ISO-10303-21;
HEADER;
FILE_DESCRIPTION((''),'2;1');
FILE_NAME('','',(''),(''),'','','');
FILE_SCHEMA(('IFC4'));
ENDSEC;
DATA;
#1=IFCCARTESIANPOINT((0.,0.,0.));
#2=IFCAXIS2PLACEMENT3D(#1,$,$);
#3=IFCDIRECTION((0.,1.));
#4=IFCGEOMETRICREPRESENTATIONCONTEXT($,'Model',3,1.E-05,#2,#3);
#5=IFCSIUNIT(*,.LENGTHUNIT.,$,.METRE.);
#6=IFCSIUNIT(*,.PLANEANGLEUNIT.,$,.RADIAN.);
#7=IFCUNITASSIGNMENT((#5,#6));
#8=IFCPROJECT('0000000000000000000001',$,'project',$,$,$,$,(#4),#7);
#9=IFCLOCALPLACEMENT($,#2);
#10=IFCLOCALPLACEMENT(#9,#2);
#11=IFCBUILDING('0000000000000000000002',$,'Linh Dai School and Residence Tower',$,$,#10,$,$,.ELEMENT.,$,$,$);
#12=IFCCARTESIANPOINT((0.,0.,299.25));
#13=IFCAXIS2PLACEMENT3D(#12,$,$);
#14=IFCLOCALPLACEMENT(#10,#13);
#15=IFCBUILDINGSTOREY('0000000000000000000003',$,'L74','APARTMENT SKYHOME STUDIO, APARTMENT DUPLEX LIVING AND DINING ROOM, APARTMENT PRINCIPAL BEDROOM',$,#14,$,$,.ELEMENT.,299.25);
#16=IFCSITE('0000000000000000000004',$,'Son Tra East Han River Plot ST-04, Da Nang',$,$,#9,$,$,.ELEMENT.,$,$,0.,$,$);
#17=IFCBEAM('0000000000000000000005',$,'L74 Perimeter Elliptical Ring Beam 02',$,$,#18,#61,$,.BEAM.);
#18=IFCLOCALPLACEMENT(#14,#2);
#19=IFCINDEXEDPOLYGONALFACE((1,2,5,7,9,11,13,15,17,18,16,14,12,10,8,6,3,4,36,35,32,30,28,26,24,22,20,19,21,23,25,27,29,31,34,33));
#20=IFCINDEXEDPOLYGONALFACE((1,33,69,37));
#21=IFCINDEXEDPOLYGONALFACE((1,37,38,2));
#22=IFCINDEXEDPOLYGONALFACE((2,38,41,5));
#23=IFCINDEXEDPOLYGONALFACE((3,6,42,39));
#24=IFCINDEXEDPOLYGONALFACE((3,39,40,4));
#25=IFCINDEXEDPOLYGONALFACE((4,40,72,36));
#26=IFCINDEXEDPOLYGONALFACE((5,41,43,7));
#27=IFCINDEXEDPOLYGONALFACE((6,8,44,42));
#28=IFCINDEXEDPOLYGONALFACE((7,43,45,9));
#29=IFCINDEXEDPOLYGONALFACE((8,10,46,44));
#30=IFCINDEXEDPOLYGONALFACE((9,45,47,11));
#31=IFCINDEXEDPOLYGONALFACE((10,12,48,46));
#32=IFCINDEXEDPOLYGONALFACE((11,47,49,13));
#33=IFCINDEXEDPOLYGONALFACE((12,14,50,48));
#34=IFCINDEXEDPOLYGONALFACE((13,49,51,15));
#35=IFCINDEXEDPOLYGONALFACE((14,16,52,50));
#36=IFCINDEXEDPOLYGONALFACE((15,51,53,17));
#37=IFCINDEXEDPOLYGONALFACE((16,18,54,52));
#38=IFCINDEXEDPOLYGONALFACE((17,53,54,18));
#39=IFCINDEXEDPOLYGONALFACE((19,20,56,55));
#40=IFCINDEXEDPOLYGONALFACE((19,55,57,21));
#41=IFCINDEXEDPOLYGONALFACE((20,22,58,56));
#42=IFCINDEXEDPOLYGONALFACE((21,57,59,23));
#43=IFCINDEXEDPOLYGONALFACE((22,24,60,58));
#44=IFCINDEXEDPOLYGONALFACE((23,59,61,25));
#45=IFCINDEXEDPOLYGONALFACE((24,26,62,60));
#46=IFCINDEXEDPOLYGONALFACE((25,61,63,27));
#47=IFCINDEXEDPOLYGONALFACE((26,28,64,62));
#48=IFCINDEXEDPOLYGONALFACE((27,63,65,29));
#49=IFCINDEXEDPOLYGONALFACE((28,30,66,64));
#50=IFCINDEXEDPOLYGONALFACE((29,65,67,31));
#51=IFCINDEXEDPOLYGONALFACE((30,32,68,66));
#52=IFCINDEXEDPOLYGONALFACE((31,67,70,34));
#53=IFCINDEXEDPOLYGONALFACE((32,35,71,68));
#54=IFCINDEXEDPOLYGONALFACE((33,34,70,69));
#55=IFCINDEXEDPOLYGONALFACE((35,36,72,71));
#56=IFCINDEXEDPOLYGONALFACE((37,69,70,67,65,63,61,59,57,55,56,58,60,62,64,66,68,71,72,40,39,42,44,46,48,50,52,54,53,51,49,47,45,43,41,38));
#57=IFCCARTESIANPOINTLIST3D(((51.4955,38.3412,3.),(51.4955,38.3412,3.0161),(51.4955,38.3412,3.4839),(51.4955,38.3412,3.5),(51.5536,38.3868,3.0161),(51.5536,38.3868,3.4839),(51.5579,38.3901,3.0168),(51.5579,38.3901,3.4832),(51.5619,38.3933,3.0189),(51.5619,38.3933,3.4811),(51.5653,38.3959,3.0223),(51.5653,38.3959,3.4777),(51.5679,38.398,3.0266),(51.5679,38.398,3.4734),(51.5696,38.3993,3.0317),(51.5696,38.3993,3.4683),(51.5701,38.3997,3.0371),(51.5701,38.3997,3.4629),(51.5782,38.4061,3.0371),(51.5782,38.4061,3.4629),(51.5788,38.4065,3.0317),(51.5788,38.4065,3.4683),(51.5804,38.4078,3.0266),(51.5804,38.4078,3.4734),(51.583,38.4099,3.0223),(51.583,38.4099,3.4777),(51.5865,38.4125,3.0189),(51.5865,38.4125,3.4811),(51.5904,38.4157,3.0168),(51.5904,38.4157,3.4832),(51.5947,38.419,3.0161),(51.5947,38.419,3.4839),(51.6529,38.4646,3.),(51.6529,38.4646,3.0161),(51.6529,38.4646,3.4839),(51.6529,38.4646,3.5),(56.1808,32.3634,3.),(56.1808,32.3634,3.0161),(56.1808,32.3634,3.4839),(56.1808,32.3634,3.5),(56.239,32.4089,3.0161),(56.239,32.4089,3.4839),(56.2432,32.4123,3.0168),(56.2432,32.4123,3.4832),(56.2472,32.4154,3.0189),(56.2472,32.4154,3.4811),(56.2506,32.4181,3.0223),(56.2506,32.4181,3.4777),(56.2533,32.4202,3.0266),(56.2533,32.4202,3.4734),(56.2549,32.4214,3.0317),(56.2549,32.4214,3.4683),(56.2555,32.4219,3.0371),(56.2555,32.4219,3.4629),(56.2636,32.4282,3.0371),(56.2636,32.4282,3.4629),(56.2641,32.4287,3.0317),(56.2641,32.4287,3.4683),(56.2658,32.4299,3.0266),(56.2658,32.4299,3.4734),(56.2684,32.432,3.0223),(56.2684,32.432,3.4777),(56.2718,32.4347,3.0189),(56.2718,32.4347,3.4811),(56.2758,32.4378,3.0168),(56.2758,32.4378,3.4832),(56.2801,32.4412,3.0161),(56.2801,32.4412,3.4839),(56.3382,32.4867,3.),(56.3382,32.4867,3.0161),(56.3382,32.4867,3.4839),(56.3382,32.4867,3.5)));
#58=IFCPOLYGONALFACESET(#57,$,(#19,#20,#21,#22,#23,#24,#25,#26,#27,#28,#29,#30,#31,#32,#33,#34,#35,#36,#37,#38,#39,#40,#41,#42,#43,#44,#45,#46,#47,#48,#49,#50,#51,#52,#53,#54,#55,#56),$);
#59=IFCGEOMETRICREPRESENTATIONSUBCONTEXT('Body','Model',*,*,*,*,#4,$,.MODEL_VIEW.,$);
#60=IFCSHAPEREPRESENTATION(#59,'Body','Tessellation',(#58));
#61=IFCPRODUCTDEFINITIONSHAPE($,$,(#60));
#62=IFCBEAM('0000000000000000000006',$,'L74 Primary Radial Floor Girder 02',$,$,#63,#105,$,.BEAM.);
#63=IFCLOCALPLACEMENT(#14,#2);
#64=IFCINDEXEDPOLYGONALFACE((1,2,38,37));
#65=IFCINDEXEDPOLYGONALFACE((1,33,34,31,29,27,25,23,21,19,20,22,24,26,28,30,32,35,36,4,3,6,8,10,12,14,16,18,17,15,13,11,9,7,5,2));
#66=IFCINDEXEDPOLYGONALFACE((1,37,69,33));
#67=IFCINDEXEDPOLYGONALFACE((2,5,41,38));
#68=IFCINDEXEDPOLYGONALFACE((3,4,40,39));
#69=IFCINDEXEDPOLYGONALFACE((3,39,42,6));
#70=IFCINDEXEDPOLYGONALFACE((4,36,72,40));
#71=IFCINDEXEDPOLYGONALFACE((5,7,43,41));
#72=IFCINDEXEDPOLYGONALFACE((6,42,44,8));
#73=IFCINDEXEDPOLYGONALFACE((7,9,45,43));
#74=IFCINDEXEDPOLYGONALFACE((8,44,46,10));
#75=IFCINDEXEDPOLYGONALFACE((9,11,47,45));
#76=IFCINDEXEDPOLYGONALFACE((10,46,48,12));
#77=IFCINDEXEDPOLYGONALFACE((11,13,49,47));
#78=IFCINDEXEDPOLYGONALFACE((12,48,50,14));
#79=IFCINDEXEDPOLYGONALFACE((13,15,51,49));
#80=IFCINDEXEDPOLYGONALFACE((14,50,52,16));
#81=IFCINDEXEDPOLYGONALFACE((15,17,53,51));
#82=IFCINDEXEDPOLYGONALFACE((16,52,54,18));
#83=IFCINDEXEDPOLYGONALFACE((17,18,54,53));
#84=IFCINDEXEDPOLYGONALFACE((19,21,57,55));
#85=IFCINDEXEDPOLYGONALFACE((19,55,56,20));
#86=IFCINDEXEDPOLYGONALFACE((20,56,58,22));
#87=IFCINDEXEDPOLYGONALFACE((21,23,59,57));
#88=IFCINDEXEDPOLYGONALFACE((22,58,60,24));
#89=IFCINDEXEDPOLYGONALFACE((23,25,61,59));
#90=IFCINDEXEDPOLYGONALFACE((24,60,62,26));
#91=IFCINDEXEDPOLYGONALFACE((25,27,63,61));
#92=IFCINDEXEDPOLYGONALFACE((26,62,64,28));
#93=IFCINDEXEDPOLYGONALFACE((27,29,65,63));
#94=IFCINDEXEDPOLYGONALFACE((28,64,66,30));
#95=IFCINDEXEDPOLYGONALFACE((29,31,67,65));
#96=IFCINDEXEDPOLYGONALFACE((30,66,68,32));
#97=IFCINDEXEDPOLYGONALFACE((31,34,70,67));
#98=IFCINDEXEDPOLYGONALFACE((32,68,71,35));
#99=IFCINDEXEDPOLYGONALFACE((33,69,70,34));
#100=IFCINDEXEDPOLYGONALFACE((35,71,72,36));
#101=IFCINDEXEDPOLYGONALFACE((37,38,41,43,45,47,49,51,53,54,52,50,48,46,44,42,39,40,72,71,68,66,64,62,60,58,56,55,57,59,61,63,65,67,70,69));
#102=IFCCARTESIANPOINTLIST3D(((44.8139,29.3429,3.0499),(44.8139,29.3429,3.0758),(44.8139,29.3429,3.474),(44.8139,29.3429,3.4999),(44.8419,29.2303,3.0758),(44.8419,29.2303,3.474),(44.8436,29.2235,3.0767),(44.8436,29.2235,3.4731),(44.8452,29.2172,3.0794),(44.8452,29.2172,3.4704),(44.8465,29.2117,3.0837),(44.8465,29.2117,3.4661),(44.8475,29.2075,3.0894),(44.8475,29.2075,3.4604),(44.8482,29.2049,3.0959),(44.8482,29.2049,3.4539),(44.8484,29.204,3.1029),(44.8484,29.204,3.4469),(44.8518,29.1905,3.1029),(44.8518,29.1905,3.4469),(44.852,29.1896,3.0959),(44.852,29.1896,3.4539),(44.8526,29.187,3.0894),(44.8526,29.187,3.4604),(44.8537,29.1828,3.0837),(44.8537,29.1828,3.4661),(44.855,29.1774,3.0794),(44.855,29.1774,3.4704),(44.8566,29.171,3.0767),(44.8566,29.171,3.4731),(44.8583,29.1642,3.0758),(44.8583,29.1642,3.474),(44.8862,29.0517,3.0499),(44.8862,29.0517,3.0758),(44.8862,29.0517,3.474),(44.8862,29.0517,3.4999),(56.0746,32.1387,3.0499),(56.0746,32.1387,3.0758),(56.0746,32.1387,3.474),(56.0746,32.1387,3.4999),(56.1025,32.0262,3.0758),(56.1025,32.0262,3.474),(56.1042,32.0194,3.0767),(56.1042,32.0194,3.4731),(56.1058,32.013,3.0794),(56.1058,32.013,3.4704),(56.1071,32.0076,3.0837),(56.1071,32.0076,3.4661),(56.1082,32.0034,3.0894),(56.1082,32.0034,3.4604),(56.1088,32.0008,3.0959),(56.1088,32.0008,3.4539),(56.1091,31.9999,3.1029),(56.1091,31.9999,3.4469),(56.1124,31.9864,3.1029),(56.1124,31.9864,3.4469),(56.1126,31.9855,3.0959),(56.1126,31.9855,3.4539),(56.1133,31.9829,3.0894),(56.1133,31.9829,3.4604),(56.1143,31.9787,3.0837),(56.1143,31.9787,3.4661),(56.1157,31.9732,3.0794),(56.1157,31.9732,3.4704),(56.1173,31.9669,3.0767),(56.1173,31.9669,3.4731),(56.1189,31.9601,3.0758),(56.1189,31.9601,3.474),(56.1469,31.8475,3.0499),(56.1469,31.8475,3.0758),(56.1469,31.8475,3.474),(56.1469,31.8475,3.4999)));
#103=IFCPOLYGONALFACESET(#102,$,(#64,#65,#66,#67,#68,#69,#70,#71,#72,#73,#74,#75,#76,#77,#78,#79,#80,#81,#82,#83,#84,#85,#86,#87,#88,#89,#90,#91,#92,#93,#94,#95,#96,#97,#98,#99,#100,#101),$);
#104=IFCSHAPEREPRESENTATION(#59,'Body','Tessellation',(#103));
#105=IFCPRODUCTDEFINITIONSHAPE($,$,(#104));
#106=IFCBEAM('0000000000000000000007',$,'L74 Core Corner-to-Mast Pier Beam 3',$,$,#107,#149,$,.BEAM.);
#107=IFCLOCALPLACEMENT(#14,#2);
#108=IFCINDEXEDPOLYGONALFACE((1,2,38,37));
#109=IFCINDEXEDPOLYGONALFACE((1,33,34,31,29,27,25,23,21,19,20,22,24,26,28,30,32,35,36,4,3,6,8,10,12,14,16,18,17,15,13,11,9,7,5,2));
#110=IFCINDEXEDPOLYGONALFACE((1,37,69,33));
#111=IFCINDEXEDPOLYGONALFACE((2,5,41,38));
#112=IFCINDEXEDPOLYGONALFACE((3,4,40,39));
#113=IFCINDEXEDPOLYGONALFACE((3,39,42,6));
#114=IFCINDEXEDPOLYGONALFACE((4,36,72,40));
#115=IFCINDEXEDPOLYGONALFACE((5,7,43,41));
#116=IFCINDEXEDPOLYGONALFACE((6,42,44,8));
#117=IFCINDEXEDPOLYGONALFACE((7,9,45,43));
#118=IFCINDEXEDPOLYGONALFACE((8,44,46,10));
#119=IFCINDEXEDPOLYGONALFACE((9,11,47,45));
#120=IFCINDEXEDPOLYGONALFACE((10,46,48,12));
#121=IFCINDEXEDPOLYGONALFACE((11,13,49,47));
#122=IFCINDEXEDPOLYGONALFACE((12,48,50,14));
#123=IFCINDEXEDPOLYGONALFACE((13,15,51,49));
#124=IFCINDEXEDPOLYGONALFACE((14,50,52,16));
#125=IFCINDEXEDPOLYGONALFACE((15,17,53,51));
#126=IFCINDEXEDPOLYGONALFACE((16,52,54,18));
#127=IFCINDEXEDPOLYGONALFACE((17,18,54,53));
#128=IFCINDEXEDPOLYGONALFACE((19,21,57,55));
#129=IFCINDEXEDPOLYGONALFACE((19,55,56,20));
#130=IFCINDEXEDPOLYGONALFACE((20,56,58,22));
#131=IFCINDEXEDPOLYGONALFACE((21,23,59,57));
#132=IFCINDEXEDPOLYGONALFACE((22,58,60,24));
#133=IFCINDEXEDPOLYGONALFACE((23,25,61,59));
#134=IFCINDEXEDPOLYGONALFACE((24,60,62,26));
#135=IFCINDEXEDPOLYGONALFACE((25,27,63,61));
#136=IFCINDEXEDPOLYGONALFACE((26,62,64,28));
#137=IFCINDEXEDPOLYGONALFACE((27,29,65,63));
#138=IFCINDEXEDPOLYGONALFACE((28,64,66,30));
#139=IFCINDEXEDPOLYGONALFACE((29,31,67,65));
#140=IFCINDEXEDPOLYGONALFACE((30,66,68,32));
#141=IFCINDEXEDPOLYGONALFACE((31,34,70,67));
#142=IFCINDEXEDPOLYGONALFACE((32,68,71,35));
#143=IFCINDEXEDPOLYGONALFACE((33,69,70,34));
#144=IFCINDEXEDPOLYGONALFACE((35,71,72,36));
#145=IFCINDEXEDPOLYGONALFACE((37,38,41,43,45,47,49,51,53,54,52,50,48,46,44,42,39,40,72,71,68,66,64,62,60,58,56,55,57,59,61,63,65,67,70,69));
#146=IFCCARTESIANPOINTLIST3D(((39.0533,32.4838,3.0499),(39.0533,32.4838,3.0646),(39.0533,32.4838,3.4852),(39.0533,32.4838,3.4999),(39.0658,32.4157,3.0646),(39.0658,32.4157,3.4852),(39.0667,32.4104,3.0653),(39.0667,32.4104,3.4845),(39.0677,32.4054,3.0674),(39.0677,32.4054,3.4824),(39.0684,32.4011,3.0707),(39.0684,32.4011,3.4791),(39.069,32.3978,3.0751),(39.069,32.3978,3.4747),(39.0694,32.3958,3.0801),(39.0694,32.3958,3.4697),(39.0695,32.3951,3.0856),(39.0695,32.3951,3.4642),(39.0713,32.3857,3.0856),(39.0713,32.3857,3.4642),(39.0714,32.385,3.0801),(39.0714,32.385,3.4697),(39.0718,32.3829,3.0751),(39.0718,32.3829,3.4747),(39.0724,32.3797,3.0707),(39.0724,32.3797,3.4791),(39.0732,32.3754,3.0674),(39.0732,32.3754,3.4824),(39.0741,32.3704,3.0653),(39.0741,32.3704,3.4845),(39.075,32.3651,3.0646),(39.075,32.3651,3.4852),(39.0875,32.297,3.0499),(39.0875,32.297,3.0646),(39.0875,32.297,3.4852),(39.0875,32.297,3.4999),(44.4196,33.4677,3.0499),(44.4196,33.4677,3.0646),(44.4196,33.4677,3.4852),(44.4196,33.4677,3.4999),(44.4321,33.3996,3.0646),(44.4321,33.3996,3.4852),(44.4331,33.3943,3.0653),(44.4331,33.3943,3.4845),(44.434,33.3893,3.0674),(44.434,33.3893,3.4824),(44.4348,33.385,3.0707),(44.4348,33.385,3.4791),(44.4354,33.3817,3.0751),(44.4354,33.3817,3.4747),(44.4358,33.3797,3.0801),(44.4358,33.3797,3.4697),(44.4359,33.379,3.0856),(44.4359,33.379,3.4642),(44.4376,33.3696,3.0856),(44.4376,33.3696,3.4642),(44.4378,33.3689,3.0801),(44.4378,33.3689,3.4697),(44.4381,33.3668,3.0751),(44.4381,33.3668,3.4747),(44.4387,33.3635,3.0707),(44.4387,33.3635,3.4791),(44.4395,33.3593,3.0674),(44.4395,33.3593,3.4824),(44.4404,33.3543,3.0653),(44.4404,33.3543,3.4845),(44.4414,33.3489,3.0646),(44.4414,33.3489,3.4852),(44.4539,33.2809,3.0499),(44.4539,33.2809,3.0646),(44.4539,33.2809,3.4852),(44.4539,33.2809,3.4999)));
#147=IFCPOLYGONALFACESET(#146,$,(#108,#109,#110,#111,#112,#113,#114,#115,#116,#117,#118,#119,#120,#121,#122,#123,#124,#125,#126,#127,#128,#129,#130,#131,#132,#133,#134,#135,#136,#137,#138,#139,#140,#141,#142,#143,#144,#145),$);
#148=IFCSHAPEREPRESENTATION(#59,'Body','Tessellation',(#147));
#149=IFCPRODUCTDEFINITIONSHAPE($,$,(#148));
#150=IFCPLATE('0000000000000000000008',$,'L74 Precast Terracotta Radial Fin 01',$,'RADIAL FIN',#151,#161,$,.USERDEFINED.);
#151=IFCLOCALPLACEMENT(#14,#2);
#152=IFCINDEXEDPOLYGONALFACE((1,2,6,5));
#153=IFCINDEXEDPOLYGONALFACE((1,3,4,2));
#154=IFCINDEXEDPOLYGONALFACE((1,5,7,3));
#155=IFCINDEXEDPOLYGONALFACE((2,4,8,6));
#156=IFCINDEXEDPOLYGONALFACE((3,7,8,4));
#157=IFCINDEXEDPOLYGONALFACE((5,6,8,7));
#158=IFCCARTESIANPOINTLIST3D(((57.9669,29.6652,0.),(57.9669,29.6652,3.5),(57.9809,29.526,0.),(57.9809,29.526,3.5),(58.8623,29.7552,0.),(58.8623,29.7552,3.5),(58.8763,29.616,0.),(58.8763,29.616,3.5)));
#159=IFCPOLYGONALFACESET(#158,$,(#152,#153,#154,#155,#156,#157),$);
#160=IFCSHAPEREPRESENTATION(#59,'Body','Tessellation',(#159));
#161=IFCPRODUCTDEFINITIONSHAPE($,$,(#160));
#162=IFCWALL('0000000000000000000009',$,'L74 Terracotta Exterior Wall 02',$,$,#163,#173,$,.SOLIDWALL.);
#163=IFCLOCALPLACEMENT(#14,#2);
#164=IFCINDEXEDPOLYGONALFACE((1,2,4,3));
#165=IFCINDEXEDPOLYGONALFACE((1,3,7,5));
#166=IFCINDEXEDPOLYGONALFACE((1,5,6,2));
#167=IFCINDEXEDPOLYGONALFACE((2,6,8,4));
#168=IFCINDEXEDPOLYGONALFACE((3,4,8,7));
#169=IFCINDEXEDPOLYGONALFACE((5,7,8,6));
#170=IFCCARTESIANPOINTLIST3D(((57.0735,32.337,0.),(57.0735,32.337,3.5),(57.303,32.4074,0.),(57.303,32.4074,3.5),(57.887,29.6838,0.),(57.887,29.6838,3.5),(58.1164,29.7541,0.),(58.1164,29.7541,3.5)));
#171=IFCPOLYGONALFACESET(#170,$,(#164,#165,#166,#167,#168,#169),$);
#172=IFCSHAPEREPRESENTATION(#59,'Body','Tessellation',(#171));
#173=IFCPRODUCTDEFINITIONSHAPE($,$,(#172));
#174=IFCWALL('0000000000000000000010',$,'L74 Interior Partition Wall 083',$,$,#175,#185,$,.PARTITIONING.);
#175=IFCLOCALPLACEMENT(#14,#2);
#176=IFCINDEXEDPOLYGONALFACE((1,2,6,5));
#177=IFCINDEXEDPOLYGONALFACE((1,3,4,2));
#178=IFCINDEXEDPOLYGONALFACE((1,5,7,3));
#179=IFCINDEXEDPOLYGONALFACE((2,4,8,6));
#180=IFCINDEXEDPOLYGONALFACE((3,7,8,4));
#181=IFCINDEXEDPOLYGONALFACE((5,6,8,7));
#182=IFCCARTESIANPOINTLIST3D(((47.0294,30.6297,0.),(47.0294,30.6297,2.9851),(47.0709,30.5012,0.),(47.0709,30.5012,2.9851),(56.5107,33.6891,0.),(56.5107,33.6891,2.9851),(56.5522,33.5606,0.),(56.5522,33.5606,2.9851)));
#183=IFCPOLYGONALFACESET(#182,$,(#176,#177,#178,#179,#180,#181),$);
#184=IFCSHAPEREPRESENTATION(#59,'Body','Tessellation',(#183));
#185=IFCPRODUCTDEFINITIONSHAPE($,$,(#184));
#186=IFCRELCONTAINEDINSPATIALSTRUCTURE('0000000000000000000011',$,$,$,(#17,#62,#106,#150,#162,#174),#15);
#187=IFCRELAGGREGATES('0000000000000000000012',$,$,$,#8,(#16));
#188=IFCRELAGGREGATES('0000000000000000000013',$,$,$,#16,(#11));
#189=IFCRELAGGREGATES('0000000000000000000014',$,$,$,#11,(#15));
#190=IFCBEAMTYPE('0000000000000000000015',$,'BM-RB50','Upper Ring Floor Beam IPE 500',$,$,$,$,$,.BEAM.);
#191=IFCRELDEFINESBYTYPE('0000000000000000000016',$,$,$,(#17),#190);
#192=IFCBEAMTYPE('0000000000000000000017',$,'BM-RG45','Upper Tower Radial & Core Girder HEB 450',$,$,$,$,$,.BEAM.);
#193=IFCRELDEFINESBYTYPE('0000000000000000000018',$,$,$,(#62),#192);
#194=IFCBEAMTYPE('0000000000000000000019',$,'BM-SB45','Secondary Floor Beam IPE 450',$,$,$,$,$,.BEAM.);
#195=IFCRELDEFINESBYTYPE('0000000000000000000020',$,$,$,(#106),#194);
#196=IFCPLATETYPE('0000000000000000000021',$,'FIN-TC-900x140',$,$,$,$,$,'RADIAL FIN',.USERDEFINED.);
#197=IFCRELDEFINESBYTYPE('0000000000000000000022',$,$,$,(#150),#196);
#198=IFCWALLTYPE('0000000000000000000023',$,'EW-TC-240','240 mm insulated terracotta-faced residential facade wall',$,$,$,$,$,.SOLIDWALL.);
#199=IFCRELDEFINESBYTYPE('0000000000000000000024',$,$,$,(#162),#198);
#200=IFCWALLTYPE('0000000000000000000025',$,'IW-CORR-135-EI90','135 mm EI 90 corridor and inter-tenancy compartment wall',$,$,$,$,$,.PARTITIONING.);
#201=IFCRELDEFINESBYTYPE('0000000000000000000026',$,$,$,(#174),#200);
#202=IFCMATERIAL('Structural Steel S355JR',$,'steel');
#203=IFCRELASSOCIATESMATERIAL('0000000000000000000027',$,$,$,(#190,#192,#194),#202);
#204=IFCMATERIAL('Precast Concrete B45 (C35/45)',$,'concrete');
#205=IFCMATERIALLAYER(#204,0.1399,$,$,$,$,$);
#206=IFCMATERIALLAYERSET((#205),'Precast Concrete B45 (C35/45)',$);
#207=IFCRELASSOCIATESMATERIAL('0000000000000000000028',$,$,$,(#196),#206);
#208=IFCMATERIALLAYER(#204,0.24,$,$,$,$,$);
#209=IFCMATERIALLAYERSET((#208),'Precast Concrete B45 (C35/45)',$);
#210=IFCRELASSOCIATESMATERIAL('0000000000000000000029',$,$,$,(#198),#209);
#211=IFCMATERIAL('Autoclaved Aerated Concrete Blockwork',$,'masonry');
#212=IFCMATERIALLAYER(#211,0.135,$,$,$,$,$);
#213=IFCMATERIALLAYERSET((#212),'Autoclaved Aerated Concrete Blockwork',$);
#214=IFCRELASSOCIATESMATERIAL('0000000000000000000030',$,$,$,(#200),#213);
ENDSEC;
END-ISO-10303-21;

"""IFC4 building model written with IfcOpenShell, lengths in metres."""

from ifc_helpers import new_model, si_unit, direction, frame, frame_2d, origin, origin_2d, place, context, subcontext, project, spatial, rectangle, i_section, extrude, source, transform, mapped, material, layer, layer_set, material_profile, profile_set, type_object, element, save


model = new_model("IFC4")

# Units and contexts
model_context = context("Model", 3, precision=1e-05, world=origin(), true_north=direction((0.0, 1.0)))
body_context = subcontext(model_context, "Body", "Model", "MODEL_VIEW")
ifc_project = project(units=[si_unit("LENGTHUNIT", "METRE"), si_unit("PLANEANGLEUNIT", "RADIAN")], contexts=[model_context])

# Site, building, storey
site_placement = place(None, origin())
site = spatial("IfcSite", under=ifc_project, at=site_placement, Name="Son Tra East Han River Plot ST-04, Da Nang", CompositionType="ELEMENT", RefElevation=0.0)
building_placement = place(site_placement, origin())
building = spatial("IfcBuilding", under=site, at=building_placement, Name="Linh Dai School and Residence Tower", CompositionType="ELEMENT")
storey_placement = place(building_placement, frame((0.0, 0.0, 299.25)))
storey = spatial("IfcBuildingStorey", under=building, at=storey_placement, Name="L74", Description="APARTMENT SKYHOME STUDIO, APARTMENT DUPLEX LIVING AND DINING ROOM, APARTMENT PRINCIPAL BEDROOM", CompositionType="ELEMENT", Elevation=299.25)

# Shared definitions
ifc_material_1 = material(Name="Structural Steel S355JR", Category="steel")

# Beams
ifc_material_profile_1 = material_profile(ifc_material_1, i_section(OverallWidth=0.2, OverallDepth=0.5, WebThickness=0.0103, FlangeThickness=0.0161, FilletRadius=0.021, at=origin_2d()), Name="IPE 500")
ifc_profile_set_1 = profile_set([ifc_material_profile_1], Name="Structural Steel S355JR")
beam_type_1 = type_object("IfcBeamType", Name="BM-RB50", Description="Upper Ring Floor Beam IPE 500", PredefinedType="BEAM", material=ifc_profile_set_1)
beam_1_placement = place(storey_placement, frame((56.2595, 32.425, 3.25), z_axis=(-0.616883, 0.787055, 0.0), x_axis=(-0.787055, -0.616883, 0.0)))
element("IfcBeam", 1, at=beam_1_placement, inside=storey, type_object=beam_type_1, Name="L74 Perimeter Elliptical Ring Beam 02", PredefinedType="BEAM", context=body_context, shape_type="SweptSolid", body=[
    extrude(i_section(OverallWidth=0.2, OverallDepth=0.5, WebThickness=0.0103, FlangeThickness=0.0161, FilletRadius=0.021, at=origin_2d()), origin(), (0.0, 0.0, 1.0), 7.5952),
])
ifc_material_profile_2 = material_profile(ifc_material_1, i_section(OverallWidth=0.3, OverallDepth=0.45, WebThickness=0.0139, FlangeThickness=0.0259, FilletRadius=0.0271, at=origin_2d()), Name="HEB 450")
ifc_profile_set_2 = profile_set([ifc_material_profile_2], Name="Structural Steel S355JR")
beam_type_2 = type_object("IfcBeamType", Name="BM-RG45", Description="Upper Tower Radial & Core Girder HEB 450", PredefinedType="BEAM", material=ifc_profile_set_2)
beam_2_placement = place(storey_placement, frame((44.8501, 29.1973, 3.2749), z_axis=(0.970532, 0.240971, 0.0), x_axis=(-0.240971, 0.970532, 0.0)))
element("IfcBeam", 2, at=beam_2_placement, inside=storey, type_object=beam_type_2, Name="L74 Primary Radial Floor Girder 02", PredefinedType="BEAM", context=body_context, shape_type="SweptSolid", body=[
    extrude(i_section(OverallWidth=0.3, OverallDepth=0.45, WebThickness=0.0139, FlangeThickness=0.0259, FilletRadius=0.0271, at=origin_2d()), origin(), (0.0, 0.0, 1.0), 11.6025),
])
ifc_material_profile_3 = material_profile(ifc_material_1, i_section(OverallWidth=0.1899, OverallDepth=0.45, WebThickness=0.0095, FlangeThickness=0.0146, FilletRadius=0.021, at=origin_2d()), Name="IPE 450")
ifc_profile_set_3 = profile_set([ifc_material_profile_3], Name="Structural Steel S355JR")
beam_type_3 = type_object("IfcBeamType", Name="BM-SB45", Description="Secondary Floor Beam IPE 450", PredefinedType="BEAM", material=ifc_profile_set_3)
beam_3_placement = place(storey_placement, frame((44.4368, 33.3743, 3.2749), z_axis=(-0.983605, -0.180334, 0.0), x_axis=(0.180334, -0.983605, 0.0)))
element("IfcBeam", 3, at=beam_3_placement, inside=storey, type_object=beam_type_3, Name="L74 Core Corner-to-Mast Pier Beam 3", PredefinedType="BEAM", context=body_context, shape_type="SweptSolid", body=[
    extrude(i_section(OverallWidth=0.1899, OverallDepth=0.45, WebThickness=0.0095, FlangeThickness=0.0146, FilletRadius=0.021, at=origin_2d()), origin(), (0.0, 0.0, 1.0), 5.4558),
])

# Plate
ifc_material_2 = material(Name="Precast Concrete B45 (C35/45)", Category="concrete")
ifc_layer_1 = layer(ifc_material_2, 0.1399)
ifc_layer_set_1 = layer_set([ifc_layer_1], Name="Precast Concrete B45 (C35/45)")
plate_type = type_object("IfcPlateType", Name="FIN-TC-900x140", ElementType="RADIAL FIN", PredefinedType="USERDEFINED", material=ifc_layer_set_1)
shared_shape_1 = source(origin(), body_context, "Body", "SweptSolid", [
    extrude(rectangle(XDim=0.8999, YDim=0.1399, at=origin_2d()), origin(), (0.0, 0.0, 1.0), 3.5),
])
plate_placement = place(storey_placement, frame((58.4216, 29.6406, 0.0), z_axis=(0.0, 0.0, 1.0), x_axis=(0.994987, 0.100008, 0.0)))
element("IfcPlate", 4, at=plate_placement, inside=storey, type_object=plate_type, Name="L74 Precast Terracotta Radial Fin 01", ObjectType="RADIAL FIN", PredefinedType="USERDEFINED", context=body_context, shape_type="MappedRepresentation", body=[
    mapped(shared_shape_1, transform((0.0, 0.0, 0.0), x_axis=(1.0, 0.0, 0.0), y_axis=(0.0, 1.0, 0.0), z_axis=(0.0, 0.0, 1.0), scale=1.0)),
])

# Shared definitions
ifc_layer_2 = layer(ifc_material_2, 0.24)
ifc_layer_set_2 = layer_set([ifc_layer_2], Name="Precast Concrete B45 (C35/45)")
wall_type_1 = type_object("IfcWallType", Name="EW-TC-240", Description="240 mm insulated terracotta-faced residential facade wall", PredefinedType="SOLIDWALL", material=ifc_layer_set_2)

# Walls
wall_1_placement = place(storey_placement, frame((57.1882, 32.3723, 0.0), z_axis=(0.0, 0.0, 1.0), x_axis=(0.293121, -0.956075, 0.0)))
element("IfcWall", 5, at=wall_1_placement, inside=storey, type_object=wall_type_1, Name="L74 Terracotta Exterior Wall 02", PredefinedType="SOLIDWALL", context=body_context, shape_type="SweptSolid", body=[
    extrude(rectangle(XDim=2.7751, YDim=0.24, at=frame_2d((1.3877, 0.0))), origin(), (0.0, 0.0, 1.0), 3.5),
])
ifc_material_3 = material(Name="Autoclaved Aerated Concrete Blockwork", Category="masonry")
ifc_layer_3 = layer(ifc_material_3, 0.135)
ifc_layer_set_3 = layer_set([ifc_layer_3], Name="Autoclaved Aerated Concrete Blockwork")
wall_type_2 = type_object("IfcWallType", Name="IW-CORR-135-EI90", Description="135 mm EI 90 corridor and inter-tenancy compartment wall", PredefinedType="PARTITIONING", material=ifc_layer_set_3)
wall_2_placement = place(storey_placement, frame((47.05, 30.5654, 0.0), z_axis=(0.0, 0.0, 1.0), x_axis=(0.951683, 0.307082, 0.0)))
element("IfcWall", 6, at=wall_2_placement, inside=storey, type_object=wall_type_2, Name="L74 Interior Partition Wall 083", PredefinedType="PARTITIONING", context=body_context, shape_type="SweptSolid", body=[
    extrude(rectangle(XDim=9.9626, YDim=0.135, at=frame_2d((4.9814, 0.0))), origin(), (0.0, 0.0, 1.0), 2.9851),
])

save(model, "model.ifc")
